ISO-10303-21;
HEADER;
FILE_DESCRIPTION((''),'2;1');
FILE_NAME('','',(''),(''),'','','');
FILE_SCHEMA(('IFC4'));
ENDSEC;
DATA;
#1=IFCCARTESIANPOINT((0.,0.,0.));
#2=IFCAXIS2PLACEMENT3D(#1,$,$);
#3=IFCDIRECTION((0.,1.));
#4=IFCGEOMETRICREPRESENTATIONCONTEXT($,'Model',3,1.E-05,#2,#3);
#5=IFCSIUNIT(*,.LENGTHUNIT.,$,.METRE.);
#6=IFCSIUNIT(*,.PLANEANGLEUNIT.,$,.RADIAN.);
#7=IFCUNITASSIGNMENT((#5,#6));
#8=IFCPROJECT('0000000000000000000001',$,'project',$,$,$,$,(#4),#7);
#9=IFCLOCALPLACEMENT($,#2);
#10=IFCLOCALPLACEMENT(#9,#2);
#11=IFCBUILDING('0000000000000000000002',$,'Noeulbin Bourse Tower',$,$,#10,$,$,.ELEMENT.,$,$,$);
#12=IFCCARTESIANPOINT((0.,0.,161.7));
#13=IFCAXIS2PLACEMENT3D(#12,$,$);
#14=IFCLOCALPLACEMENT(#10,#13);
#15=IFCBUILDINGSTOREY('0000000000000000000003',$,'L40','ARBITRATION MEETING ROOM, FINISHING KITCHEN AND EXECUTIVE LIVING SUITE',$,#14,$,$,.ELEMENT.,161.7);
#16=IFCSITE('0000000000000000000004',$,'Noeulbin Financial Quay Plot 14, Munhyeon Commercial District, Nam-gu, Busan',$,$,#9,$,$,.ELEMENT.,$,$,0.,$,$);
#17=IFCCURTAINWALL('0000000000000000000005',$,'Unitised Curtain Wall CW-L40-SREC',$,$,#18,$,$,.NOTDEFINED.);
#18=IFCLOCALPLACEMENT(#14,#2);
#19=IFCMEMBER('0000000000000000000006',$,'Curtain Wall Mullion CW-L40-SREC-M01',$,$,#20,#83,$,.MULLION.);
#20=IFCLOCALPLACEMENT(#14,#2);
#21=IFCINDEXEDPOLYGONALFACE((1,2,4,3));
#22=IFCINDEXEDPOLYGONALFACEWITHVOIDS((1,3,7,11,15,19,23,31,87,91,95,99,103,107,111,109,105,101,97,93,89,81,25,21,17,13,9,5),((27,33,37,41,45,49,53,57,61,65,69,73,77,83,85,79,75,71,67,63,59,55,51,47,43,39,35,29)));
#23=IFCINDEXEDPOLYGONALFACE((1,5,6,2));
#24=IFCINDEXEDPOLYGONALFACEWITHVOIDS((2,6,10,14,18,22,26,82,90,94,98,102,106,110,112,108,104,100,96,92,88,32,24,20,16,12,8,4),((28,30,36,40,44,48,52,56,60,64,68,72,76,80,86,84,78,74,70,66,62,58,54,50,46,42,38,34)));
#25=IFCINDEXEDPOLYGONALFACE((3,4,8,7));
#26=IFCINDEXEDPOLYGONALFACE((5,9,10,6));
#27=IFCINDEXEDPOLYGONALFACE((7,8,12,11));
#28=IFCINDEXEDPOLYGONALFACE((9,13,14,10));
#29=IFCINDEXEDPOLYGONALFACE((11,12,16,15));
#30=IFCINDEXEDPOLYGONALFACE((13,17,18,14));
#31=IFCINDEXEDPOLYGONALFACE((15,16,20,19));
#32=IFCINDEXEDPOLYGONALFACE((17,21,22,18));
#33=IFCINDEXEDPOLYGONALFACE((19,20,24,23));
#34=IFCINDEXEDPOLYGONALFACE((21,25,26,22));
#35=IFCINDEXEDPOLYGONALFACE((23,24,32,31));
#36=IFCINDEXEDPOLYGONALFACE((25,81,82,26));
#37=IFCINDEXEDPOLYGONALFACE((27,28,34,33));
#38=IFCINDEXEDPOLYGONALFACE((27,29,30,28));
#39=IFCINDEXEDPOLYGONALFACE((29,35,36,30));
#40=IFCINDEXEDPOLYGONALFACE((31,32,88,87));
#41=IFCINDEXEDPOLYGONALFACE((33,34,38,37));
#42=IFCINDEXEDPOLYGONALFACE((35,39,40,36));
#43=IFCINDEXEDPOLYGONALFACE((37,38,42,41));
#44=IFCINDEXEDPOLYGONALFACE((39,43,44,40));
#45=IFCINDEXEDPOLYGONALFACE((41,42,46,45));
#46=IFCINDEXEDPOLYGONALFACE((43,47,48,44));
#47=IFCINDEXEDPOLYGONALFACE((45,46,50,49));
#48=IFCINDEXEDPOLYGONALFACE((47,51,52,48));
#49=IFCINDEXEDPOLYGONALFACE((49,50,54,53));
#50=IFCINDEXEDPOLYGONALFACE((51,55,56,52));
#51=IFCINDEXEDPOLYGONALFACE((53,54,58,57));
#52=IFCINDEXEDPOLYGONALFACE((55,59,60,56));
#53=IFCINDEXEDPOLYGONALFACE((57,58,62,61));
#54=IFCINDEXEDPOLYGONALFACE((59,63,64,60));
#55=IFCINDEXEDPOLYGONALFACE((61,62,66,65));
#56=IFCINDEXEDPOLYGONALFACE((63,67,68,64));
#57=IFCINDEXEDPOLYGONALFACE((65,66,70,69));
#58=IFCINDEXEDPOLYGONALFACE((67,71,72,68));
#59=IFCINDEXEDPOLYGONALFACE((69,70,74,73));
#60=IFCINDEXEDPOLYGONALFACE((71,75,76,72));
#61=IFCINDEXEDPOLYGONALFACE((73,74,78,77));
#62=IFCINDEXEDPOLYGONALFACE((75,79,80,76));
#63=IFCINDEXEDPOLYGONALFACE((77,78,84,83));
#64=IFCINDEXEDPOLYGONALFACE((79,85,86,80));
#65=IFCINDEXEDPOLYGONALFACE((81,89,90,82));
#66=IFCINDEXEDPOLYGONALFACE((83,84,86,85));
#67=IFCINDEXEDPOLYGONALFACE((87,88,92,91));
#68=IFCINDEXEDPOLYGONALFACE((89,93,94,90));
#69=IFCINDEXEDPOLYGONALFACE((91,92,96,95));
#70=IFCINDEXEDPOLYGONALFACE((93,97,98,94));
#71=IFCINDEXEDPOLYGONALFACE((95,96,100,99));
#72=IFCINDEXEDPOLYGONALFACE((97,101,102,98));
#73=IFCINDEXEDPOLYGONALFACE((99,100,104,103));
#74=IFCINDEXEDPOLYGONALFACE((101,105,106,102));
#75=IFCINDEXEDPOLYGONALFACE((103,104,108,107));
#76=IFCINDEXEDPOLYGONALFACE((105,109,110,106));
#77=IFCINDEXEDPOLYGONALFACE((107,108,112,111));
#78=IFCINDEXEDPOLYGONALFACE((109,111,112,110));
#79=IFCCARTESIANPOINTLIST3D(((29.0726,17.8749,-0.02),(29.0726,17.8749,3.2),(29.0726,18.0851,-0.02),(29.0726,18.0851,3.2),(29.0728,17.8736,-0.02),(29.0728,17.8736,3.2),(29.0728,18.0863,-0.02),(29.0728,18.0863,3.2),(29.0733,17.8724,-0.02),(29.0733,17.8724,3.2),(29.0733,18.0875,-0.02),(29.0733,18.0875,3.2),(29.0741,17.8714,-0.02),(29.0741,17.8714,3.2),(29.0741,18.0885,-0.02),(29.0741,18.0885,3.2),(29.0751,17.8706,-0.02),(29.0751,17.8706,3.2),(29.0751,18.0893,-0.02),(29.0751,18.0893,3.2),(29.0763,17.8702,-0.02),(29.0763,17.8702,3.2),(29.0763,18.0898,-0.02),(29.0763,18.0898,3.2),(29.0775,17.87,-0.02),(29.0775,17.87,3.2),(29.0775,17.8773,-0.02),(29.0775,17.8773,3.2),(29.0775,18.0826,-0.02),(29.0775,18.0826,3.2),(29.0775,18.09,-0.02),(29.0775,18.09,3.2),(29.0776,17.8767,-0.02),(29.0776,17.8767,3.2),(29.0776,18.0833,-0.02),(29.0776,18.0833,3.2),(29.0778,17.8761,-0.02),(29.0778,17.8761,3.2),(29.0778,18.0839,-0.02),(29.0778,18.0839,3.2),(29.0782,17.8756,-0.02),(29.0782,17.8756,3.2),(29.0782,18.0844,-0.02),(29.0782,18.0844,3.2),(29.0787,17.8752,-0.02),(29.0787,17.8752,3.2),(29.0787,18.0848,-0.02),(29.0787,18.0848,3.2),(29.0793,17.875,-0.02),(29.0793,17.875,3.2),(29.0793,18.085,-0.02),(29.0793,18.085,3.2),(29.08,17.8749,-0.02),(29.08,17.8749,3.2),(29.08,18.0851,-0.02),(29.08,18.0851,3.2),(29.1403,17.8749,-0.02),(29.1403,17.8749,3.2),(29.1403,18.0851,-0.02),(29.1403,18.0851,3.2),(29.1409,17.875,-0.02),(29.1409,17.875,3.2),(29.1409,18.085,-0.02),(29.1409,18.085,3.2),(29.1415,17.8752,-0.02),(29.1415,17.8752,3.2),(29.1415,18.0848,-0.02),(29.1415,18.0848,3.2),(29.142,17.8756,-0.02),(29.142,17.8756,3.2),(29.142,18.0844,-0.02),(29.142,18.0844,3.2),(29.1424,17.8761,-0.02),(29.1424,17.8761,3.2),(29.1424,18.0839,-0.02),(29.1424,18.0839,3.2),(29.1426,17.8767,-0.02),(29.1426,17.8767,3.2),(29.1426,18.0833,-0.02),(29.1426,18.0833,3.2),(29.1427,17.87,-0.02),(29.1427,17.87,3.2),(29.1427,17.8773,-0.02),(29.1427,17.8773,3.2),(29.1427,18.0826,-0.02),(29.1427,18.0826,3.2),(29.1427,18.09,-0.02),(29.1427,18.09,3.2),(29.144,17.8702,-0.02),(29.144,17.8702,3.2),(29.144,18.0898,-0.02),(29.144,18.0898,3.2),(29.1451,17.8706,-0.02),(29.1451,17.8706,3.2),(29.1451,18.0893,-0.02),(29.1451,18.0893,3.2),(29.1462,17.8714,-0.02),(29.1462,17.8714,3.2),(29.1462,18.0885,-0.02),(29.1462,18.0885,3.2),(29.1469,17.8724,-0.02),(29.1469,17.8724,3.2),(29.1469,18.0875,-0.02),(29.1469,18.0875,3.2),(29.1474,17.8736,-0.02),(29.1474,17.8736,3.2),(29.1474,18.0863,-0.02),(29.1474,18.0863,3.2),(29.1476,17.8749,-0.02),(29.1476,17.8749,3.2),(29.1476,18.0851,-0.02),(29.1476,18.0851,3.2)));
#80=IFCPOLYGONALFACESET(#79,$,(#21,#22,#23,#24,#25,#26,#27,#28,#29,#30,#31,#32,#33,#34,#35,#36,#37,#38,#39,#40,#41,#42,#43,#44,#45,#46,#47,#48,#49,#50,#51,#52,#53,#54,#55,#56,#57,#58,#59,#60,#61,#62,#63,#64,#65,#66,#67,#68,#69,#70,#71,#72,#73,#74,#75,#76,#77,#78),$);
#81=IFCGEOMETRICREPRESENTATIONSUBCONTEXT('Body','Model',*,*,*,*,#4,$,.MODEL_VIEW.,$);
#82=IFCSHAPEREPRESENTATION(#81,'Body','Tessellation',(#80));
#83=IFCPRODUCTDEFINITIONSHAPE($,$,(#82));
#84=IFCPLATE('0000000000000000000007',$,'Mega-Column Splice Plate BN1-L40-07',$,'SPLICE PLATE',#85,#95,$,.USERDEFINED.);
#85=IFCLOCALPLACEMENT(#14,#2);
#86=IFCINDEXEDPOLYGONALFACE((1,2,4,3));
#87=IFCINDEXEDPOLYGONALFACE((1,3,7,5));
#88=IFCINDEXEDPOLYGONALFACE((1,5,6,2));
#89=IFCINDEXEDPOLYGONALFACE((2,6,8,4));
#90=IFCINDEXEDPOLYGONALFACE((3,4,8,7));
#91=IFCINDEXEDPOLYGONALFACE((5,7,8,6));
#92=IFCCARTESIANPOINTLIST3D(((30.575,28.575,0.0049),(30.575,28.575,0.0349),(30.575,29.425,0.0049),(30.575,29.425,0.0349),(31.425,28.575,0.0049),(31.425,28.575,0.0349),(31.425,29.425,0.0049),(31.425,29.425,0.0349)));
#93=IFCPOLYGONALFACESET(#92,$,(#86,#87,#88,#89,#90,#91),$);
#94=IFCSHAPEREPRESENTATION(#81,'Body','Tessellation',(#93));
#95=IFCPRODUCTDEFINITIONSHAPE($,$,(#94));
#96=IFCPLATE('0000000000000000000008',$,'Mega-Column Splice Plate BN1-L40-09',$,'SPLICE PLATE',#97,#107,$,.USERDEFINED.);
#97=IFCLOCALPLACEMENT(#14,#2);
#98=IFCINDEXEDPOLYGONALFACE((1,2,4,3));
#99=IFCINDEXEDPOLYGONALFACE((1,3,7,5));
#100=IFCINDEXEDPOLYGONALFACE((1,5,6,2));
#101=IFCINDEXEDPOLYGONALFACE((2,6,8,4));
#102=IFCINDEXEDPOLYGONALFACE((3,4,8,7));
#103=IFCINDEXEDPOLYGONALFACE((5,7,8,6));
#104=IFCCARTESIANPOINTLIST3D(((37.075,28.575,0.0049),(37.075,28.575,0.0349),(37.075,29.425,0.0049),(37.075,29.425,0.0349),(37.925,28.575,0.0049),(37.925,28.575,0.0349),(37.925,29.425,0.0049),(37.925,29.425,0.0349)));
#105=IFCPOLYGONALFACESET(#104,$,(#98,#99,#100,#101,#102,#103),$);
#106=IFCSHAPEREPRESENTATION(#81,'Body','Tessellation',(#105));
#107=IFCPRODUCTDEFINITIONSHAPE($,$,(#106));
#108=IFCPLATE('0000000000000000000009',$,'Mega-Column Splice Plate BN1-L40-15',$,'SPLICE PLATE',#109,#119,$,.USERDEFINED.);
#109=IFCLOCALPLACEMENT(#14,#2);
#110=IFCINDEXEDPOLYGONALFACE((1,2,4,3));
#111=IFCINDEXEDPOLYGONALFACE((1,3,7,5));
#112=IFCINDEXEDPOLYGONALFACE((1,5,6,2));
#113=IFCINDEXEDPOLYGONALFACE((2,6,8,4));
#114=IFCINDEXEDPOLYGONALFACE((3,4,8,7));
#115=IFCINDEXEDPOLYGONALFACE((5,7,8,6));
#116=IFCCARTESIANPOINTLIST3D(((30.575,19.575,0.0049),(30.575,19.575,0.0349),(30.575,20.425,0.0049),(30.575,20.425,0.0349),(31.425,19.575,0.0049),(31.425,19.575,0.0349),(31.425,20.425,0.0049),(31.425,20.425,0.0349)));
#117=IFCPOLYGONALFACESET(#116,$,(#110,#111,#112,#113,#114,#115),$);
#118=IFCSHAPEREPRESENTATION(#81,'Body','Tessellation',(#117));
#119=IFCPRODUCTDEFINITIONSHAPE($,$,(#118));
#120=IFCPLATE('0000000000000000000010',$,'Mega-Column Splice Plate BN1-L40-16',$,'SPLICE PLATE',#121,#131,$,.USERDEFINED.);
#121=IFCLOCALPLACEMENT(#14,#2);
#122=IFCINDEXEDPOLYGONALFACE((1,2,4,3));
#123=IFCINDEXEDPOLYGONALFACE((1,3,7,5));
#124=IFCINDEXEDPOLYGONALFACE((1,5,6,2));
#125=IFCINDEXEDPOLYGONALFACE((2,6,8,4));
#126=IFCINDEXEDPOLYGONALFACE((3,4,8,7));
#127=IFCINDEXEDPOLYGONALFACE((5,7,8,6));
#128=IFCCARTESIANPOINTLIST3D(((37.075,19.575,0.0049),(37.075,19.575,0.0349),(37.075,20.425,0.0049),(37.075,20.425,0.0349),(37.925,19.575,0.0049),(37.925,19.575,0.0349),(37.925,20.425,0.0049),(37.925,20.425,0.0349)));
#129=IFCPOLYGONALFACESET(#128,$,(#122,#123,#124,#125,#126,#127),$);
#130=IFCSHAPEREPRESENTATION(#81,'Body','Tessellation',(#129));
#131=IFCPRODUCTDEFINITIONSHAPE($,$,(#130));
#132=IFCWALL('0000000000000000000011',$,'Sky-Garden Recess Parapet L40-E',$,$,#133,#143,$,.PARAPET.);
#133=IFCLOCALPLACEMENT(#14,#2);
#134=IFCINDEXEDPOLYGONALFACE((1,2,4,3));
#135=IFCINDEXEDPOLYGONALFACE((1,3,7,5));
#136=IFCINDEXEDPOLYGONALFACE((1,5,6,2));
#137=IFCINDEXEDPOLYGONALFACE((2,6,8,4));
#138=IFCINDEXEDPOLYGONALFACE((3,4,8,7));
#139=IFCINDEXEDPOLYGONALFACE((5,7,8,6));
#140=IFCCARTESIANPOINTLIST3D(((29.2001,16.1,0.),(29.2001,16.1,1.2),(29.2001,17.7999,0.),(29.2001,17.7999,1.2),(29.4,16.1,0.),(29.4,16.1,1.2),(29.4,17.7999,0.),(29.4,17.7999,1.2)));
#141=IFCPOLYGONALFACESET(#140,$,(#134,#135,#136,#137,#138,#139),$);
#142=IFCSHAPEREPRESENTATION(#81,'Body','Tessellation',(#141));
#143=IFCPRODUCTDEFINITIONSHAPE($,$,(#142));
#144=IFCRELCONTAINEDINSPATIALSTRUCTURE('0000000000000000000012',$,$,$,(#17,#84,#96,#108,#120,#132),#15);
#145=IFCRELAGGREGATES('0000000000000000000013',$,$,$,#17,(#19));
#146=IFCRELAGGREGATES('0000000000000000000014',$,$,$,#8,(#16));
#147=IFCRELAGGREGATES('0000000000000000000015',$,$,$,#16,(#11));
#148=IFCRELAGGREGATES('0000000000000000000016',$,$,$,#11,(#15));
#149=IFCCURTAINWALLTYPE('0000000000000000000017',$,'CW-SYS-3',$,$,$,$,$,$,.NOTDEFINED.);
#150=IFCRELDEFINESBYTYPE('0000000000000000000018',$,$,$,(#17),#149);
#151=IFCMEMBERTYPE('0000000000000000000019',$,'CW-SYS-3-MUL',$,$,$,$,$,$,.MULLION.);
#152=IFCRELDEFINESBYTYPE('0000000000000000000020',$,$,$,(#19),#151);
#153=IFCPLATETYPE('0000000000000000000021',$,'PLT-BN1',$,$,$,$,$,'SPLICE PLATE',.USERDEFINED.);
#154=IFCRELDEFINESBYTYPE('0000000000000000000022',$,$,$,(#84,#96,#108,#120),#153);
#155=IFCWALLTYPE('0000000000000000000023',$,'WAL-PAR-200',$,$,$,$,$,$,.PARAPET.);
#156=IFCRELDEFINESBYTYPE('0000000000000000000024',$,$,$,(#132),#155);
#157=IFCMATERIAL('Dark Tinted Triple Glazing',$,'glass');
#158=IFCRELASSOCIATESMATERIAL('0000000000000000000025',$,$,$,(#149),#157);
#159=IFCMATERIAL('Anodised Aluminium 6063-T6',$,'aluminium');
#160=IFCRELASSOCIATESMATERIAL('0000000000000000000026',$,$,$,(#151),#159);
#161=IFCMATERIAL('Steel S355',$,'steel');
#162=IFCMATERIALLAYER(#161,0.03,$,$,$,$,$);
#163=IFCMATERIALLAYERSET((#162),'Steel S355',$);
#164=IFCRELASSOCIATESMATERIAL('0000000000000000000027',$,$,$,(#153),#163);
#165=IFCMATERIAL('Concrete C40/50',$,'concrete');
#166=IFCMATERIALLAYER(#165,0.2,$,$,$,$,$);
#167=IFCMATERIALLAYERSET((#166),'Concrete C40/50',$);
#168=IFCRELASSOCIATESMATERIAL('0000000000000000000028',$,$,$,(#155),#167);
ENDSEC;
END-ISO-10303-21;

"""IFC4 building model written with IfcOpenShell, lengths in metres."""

from ifc_helpers import new_model, si_unit, direction, frame, frame_2d, origin, origin_2d, place, context, subcontext, project, spatial, rectangle, hollow_rectangle, extrude, material, layer, layer_set, material_profile, profile_set, type_object, element, aggregate, save


model = new_model("IFC4")

# Units and contexts
model_context = context("Model", 3, precision=1e-05, world=origin(), true_north=direction((0.0, 1.0)))
body_context = subcontext(model_context, "Body", "Model", "MODEL_VIEW")
ifc_project = project(units=[si_unit("LENGTHUNIT", "METRE"), si_unit("PLANEANGLEUNIT", "RADIAN")], contexts=[model_context])

# Site, building, storey
site_placement = place(None, origin())
site = spatial("IfcSite", under=ifc_project, at=site_placement, Name="Noeulbin Financial Quay Plot 14, Munhyeon Commercial District, Nam-gu, Busan", CompositionType="ELEMENT", RefElevation=0.0)
building_placement = place(site_placement, origin())
building = spatial("IfcBuilding", under=site, at=building_placement, Name="Noeulbin Bourse Tower", CompositionType="ELEMENT")
storey_placement = place(building_placement, frame((0.0, 0.0, 161.7)))
storey = spatial("IfcBuildingStorey", under=building, at=storey_placement, Name="L40", Description="ARBITRATION MEETING ROOM, FINISHING KITCHEN AND EXECUTIVE LIVING SUITE", CompositionType="ELEMENT", Elevation=161.7)

# Shared definitions
ifc_material_1 = material(Name="Steel S355", Category="steel")

# Curtain wall, member
ifc_material_2 = material(Name="Dark Tinted Triple Glazing", Category="glass")
curtain_wall_type = type_object("IfcCurtainWallType", Name="CW-SYS-3", PredefinedType="NOTDEFINED", material=ifc_material_2)
curtain_wall_placement = place(storey_placement, origin())
curtain_wall = element("IfcCurtainWall", 1, at=curtain_wall_placement, inside=storey, type_object=curtain_wall_type, Name="Unitised Curtain Wall CW-L40-SREC", PredefinedType="NOTDEFINED")
ifc_material_3 = material(Name="Anodised Aluminium 6063-T6", Category="aluminium")
ifc_material_profile_1 = material_profile(ifc_material_3, hollow_rectangle(XDim=0.075, YDim=0.22, WallThickness=0.0049, InnerFilletRadius=0.0024, OuterFilletRadius=0.0049, at=origin_2d()), Name="ALU-MULL-75x220x5", Category="LoadBearing")
ifc_profile_set_1 = profile_set([ifc_material_profile_1], Name="Anodised Aluminium 6063-T6")
member_type = type_object("IfcMemberType", Name="CW-SYS-3-MUL", PredefinedType="MULLION", material=ifc_profile_set_1)
member_placement = place(storey_placement, frame((29.1101, 17.98, -0.02), z_axis=(0.0, 0.0, 1.0), x_axis=(1.0, 0.0, 0.0)))
member = element("IfcMember", 2, at=member_placement, type_object=member_type, Name="Curtain Wall Mullion CW-L40-SREC-M01", PredefinedType="MULLION", context=body_context, shape_type="SweptSolid", body=[
    extrude(hollow_rectangle(XDim=0.075, YDim=0.22, WallThickness=0.0049, InnerFilletRadius=0.0024, OuterFilletRadius=0.0049, at=origin_2d()), origin(), (0.0, 0.0, 1.0), 3.22),
])
aggregate(curtain_wall, [member])

# Plates
ifc_layer_1 = layer(ifc_material_1, 0.03)
ifc_layer_set_1 = layer_set([ifc_layer_1], Name="Steel S355")
plate_type = type_object("IfcPlateType", Name="PLT-BN1", ElementType="SPLICE PLATE", PredefinedType="USERDEFINED", material=ifc_layer_set_1)
for number, where, z_axis, x_axis, name in (
    (3, (31.0, 29.0, 0.0049), (0.0, 0.0, 1.0), (1.0, 0.0, 0.0), "Mega-Column Splice Plate BN1-L40-07"),
    (4, (37.5, 29.0, 0.0049), (0.0, 0.0, 1.0), (1.0, 0.0, 0.0), "Mega-Column Splice Plate BN1-L40-09"),
    (5, (31.0, 20.0, 0.0049), (0.0, 0.0, 1.0), (1.0, 0.0, 0.0), "Mega-Column Splice Plate BN1-L40-15"),
    (6, (37.5, 20.0, 0.0049), (0.0, 0.0, 1.0), (1.0, 0.0, 0.0), "Mega-Column Splice Plate BN1-L40-16"),
):
    element("IfcPlate", number, at=place(storey_placement, frame(where, z_axis=z_axis, x_axis=x_axis)), inside=storey, type_object=plate_type, Name=name, ObjectType="SPLICE PLATE", PredefinedType="USERDEFINED", context=body_context, shape_type="SweptSolid", body=[
        extrude(rectangle(XDim=0.8501, YDim=0.8501, at=origin_2d()), origin(), (0.0, 0.0, 1.0), 0.03),
    ])

# Wall
ifc_material_4 = material(Name="Concrete C40/50", Category="concrete")
ifc_layer_2 = layer(ifc_material_4, 0.2)
ifc_layer_set_2 = layer_set([ifc_layer_2], Name="Concrete C40/50")
wall_type = type_object("IfcWallType", Name="WAL-PAR-200", PredefinedType="PARAPET", material=ifc_layer_set_2)
wall_placement = place(storey_placement, frame((29.3, 17.8, 0.0), z_axis=(0.0, 0.0, 1.0), x_axis=(0.0, -1.0, 0.0)))
element("IfcWall", 7, at=wall_placement, inside=storey, type_object=wall_type, Name="Sky-Garden Recess Parapet L40-E", PredefinedType="PARAPET", context=body_context, shape_type="SweptSolid", body=[
    extrude(rectangle(XDim=1.7, YDim=0.2, at=frame_2d((0.8501, 0.0))), origin(), (0.0, 0.0, 1.0), 1.2),
])

save(model, "model.ifc")
